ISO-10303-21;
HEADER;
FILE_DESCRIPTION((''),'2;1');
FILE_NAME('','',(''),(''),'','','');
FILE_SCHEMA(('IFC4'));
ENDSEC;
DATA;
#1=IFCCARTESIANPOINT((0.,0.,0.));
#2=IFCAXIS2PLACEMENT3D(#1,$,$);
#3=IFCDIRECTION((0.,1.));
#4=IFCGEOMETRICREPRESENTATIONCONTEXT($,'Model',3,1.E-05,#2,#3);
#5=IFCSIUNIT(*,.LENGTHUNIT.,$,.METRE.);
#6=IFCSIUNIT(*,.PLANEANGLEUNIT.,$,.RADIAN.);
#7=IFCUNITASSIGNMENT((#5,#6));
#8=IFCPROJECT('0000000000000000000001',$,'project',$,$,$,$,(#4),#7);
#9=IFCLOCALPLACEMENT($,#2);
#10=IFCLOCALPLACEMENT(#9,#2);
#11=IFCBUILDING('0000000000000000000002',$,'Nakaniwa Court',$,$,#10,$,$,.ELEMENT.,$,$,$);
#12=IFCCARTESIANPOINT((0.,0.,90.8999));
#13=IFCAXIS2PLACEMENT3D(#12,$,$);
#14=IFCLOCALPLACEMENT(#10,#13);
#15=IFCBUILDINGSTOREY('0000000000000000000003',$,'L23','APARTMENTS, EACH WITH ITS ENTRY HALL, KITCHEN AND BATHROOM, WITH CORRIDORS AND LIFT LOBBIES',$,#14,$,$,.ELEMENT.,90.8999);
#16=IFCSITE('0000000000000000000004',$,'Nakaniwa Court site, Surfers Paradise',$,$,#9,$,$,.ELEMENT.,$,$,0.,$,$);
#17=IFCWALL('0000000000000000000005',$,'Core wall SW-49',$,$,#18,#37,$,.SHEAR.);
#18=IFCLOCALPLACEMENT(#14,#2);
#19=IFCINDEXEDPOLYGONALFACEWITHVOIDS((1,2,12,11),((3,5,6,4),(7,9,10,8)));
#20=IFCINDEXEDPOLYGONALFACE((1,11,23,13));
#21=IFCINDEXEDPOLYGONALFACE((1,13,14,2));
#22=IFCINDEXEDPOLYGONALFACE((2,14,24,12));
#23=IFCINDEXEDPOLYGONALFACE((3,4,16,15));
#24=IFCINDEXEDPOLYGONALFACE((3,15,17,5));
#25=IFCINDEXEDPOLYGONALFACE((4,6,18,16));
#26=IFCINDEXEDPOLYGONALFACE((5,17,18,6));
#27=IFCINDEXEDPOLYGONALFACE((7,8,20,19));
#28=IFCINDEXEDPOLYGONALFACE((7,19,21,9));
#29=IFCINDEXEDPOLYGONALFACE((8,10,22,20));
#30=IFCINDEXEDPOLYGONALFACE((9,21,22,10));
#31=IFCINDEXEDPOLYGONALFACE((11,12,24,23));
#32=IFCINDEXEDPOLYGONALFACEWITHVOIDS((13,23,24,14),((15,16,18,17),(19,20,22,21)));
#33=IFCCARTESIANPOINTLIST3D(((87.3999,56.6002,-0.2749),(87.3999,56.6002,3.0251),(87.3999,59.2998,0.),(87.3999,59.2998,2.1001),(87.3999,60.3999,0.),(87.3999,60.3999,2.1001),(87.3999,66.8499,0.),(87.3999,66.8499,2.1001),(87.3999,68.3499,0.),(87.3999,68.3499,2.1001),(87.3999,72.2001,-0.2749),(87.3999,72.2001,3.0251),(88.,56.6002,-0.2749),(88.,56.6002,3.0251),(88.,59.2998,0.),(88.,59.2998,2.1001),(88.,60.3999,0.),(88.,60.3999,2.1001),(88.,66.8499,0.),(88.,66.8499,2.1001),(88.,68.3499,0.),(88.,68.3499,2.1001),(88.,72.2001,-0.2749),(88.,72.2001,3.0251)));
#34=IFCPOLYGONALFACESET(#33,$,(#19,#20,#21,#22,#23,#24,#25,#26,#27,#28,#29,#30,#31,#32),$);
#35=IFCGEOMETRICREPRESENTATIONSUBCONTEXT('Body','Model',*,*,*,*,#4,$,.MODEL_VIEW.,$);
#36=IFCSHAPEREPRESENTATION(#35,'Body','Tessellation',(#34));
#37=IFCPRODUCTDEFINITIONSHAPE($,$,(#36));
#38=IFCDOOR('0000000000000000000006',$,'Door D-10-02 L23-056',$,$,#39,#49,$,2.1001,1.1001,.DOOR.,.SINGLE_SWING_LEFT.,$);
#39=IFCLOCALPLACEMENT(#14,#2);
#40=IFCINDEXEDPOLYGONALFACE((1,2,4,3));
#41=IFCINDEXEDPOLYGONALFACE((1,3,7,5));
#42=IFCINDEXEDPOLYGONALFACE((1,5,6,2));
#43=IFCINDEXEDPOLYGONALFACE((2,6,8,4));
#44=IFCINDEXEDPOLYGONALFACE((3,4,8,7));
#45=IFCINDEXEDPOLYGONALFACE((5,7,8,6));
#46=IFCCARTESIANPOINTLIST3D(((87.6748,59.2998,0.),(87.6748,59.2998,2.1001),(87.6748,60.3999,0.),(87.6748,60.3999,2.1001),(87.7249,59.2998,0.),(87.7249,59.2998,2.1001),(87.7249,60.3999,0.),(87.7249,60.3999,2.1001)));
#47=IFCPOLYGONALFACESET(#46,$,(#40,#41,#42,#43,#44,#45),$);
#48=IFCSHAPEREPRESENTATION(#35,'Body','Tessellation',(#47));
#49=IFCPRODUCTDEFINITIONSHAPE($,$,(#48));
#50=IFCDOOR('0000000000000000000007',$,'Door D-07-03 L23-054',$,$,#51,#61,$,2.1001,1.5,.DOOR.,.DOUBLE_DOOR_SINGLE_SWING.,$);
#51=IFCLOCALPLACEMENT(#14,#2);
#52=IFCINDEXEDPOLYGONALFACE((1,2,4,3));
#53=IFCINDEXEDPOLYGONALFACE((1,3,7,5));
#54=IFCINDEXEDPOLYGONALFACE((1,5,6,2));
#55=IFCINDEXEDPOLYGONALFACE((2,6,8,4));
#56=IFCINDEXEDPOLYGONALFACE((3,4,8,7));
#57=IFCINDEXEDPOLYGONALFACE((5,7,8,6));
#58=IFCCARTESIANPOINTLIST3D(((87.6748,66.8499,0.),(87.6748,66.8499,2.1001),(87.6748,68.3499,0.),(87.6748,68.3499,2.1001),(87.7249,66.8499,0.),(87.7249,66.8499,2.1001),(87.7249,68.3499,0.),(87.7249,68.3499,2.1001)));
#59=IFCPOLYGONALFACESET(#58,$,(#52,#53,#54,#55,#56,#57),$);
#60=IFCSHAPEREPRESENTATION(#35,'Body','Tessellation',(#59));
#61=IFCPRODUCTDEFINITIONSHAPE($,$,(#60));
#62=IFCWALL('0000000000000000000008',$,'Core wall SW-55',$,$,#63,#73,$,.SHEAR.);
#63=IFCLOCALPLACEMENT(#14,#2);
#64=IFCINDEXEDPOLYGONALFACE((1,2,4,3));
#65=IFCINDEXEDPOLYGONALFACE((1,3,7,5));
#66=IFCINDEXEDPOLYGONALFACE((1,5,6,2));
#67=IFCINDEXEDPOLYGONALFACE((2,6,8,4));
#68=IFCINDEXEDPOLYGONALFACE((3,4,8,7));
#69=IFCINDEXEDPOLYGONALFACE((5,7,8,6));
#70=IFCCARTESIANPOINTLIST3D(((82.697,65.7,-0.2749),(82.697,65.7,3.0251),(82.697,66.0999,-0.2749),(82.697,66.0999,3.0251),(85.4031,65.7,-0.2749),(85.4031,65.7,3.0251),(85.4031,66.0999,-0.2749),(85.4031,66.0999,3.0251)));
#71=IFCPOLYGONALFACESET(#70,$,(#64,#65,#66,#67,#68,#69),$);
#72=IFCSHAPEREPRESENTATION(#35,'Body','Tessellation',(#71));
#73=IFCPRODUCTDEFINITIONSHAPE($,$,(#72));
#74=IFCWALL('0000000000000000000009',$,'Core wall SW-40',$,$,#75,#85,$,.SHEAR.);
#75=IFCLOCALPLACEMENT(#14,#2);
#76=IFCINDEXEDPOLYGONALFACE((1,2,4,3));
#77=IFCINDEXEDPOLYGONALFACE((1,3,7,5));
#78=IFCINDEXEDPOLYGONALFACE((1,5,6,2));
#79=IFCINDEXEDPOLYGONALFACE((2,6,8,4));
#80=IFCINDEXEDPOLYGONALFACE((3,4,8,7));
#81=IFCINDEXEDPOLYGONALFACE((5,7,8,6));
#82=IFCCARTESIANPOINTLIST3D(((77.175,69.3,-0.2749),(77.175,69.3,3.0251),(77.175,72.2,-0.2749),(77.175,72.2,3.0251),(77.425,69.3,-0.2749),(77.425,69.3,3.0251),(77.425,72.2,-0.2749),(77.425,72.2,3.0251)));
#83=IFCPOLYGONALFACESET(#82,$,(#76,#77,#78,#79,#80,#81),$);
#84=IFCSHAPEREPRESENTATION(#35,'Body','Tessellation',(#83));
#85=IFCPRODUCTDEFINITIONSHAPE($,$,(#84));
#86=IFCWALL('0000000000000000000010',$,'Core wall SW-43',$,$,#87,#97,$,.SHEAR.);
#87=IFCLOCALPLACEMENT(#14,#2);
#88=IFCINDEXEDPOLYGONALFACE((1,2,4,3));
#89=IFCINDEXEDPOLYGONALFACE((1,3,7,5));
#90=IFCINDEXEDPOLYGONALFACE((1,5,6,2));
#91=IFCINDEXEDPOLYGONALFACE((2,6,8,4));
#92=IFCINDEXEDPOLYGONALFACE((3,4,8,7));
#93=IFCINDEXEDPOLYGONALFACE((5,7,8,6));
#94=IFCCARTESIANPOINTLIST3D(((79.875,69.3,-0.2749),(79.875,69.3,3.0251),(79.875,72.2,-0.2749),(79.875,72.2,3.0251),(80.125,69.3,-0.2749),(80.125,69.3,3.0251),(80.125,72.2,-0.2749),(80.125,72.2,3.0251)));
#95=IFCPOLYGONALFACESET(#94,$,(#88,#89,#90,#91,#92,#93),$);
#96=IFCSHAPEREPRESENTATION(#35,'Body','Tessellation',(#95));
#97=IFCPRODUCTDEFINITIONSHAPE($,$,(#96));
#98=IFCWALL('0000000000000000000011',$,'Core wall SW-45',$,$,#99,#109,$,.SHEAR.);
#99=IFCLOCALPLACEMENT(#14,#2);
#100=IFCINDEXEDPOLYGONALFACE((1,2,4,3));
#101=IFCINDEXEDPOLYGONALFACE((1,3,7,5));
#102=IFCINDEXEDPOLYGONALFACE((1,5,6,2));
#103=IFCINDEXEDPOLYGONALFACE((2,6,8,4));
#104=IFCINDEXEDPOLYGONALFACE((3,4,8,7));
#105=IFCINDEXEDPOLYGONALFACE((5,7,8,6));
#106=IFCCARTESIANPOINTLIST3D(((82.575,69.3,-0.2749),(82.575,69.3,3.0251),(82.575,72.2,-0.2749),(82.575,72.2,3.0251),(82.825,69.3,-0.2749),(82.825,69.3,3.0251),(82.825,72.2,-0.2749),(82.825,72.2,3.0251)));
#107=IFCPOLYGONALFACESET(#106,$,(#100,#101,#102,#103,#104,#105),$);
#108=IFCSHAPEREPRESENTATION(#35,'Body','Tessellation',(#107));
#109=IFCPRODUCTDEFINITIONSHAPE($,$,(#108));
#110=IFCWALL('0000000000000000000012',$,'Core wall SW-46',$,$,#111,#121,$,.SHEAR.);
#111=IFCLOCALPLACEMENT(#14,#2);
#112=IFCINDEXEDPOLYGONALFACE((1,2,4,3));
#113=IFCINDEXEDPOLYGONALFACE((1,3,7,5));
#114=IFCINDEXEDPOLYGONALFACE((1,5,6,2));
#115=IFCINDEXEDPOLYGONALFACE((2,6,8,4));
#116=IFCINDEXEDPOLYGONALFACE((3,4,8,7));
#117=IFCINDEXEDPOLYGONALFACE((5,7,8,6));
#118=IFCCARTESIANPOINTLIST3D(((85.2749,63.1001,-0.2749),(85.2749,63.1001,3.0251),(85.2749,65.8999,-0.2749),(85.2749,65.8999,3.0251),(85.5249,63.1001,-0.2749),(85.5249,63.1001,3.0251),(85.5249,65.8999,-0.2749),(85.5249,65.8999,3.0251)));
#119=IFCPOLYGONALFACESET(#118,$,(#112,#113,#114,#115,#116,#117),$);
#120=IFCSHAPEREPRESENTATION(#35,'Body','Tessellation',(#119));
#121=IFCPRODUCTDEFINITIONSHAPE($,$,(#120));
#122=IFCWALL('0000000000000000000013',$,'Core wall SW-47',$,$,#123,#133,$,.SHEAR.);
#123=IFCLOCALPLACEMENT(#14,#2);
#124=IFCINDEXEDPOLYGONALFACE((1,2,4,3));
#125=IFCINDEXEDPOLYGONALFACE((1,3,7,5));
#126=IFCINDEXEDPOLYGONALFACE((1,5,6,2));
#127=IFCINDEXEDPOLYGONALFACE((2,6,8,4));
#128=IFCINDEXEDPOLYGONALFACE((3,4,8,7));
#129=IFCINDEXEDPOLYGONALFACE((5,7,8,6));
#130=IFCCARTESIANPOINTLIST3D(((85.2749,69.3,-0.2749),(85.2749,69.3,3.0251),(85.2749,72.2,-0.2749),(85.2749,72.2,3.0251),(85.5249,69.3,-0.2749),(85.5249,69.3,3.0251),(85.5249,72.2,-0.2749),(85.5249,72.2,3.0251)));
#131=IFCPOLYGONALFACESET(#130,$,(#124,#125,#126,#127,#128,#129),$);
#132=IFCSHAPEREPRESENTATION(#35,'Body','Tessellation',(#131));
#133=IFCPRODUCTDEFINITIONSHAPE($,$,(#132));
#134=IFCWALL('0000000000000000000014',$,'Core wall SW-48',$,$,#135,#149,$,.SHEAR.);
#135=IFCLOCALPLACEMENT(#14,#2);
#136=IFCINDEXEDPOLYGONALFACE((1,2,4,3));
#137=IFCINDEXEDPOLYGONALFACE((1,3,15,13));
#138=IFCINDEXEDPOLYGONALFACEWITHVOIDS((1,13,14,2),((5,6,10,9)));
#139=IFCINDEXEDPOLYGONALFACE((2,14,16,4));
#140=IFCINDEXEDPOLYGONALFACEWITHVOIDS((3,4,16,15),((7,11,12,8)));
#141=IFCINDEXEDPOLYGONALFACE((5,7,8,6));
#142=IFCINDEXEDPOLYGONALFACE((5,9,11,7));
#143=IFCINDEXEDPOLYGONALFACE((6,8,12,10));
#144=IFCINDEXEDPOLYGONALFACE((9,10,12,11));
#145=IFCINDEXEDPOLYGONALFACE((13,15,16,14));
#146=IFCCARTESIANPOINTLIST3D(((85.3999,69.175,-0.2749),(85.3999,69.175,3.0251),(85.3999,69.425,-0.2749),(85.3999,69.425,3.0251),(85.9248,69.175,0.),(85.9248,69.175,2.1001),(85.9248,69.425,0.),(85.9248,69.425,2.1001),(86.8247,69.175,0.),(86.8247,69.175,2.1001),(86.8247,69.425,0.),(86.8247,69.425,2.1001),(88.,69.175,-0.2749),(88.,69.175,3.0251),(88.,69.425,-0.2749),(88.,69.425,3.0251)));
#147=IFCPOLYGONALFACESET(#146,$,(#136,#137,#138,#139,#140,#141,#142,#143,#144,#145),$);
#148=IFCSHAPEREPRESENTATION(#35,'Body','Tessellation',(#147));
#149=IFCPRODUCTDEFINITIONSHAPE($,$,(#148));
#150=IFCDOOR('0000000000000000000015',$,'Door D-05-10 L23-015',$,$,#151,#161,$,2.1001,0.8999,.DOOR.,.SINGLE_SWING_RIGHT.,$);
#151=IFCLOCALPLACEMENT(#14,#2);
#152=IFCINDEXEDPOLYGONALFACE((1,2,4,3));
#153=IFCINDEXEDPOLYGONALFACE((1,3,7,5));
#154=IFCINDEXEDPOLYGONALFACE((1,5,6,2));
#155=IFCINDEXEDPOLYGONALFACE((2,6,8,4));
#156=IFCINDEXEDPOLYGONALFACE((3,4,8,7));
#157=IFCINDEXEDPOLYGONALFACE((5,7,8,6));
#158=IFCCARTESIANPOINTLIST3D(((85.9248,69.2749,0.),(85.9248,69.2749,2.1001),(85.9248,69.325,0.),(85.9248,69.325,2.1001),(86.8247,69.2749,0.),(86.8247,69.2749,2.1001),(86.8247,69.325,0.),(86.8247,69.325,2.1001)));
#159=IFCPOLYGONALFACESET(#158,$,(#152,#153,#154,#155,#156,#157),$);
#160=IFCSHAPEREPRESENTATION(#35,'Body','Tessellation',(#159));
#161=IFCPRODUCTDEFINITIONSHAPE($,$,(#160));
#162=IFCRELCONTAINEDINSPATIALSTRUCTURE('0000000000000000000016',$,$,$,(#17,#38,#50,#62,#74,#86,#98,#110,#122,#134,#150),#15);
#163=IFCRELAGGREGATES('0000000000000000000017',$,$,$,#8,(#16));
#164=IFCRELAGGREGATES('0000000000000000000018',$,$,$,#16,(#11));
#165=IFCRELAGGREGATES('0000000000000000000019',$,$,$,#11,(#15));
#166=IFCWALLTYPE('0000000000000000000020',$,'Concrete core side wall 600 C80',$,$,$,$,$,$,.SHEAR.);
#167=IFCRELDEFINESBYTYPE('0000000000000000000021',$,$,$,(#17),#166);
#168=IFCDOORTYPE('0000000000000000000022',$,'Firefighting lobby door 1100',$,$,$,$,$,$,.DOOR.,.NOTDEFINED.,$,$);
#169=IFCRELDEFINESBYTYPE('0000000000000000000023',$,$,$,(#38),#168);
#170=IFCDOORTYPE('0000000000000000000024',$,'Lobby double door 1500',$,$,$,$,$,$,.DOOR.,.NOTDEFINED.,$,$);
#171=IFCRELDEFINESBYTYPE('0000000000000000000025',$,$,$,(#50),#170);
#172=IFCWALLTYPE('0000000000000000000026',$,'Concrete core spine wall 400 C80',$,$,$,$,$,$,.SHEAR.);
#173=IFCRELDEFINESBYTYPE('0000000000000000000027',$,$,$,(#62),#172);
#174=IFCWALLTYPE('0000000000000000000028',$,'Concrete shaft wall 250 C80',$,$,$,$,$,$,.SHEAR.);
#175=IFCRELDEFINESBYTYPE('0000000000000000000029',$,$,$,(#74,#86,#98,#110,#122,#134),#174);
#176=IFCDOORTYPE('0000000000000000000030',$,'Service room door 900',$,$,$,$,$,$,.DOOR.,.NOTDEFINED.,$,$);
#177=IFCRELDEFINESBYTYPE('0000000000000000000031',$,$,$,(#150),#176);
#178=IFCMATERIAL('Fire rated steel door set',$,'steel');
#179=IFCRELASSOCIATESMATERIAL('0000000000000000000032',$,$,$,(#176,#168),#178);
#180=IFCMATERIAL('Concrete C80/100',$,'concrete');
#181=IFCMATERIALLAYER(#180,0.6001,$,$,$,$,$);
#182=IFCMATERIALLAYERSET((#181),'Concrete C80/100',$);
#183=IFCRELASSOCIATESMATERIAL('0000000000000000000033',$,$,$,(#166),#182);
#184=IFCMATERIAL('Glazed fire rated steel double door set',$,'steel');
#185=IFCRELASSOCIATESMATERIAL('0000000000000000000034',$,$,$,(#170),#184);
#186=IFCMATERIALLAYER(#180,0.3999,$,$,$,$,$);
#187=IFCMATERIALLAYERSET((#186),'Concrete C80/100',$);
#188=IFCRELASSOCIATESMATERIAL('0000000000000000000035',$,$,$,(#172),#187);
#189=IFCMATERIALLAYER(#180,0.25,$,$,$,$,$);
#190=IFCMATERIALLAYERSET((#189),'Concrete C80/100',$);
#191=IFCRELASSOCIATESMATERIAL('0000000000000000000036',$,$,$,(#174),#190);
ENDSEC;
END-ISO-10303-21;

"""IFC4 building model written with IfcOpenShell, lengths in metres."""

from ifc_helpers import new_model, si_unit, direction, frame, frame_2d, origin, place, context, subcontext, project, spatial, rectangle, extrude, material, layer, layer_set, type_object, element, fill, save


model = new_model("IFC4")

# Units and contexts
model_context = context("Model", 3, precision=1e-05, world=origin(), true_north=direction((0.0, 1.0)))
body_context = subcontext(model_context, "Body", "Model", "MODEL_VIEW")
ifc_project = project(units=[si_unit("LENGTHUNIT", "METRE"), si_unit("PLANEANGLEUNIT", "RADIAN")], contexts=[model_context])

# Site, building, storey
site_placement = place(None, origin())
site = spatial("IfcSite", under=ifc_project, at=site_placement, Name="Nakaniwa Court site, Surfers Paradise", CompositionType="ELEMENT", RefElevation=0.0)
building_placement = place(site_placement, origin())
building = spatial("IfcBuilding", under=site, at=building_placement, Name="Nakaniwa Court", CompositionType="ELEMENT")
storey_placement = place(building_placement, frame((0.0, 0.0, 90.8999)))
storey = spatial("IfcBuildingStorey", under=building, at=storey_placement, Name="L23", Description="APARTMENTS, EACH WITH ITS ENTRY HALL, KITCHEN AND BATHROOM, WITH CORRIDORS AND LIFT LOBBIES", CompositionType="ELEMENT", Elevation=90.8999)

# Shared definitions
ifc_material_1 = material(Name="Concrete C80/100", Category="concrete")

# Shared definitions
ifc_material_2 = material(Name="Fire rated steel door set", Category="steel")
door_type_1 = type_object("IfcDoorType", Name="Service room door 900", OperationType="NOTDEFINED", PredefinedType="DOOR", material=ifc_material_2)

# Wall, openings, doors
ifc_layer_1 = layer(ifc_material_1, 0.6001)
ifc_layer_set_1 = layer_set([ifc_layer_1], Name="Concrete C80/100")
wall_type_1 = type_object("IfcWallType", Name="Concrete core side wall 600 C80", PredefinedType="SHEAR", material=ifc_layer_set_1)
wall_1_placement = place(storey_placement, frame((87.7, 72.2, -0.2749), z_axis=(0.0, 0.0, 1.0), x_axis=(0.0, -1.0, 0.0)))
wall_1 = element("IfcWall", 1, at=wall_1_placement, inside=storey, type_object=wall_type_1, Name="Core wall SW-49", PredefinedType="SHEAR", context=body_context, shape_type="SweptSolid", body=[
    extrude(rectangle(XDim=15.5999, YDim=0.6001, at=frame_2d((7.7998, 0.0))), origin(), (0.0, 0.0, 1.0), 3.3),
])
opening_1_placement = place(wall_1_placement, frame((3.8501, 0.0, 0.2749)))
opening_1 = element("IfcOpeningElement", 2, at=opening_1_placement, cuts=wall_1, PredefinedType="OPENING", context=body_context, shape_type="SweptSolid", body=[
    extrude(rectangle(XDim=1.5, YDim=2.1001, at=frame_2d((0.75, 1.05))), frame((0.0, 0.3101, 0.0), z_axis=(0.0, -1.0, 0.0), x_axis=(1.0, 0.0, 0.0)), (0.0, 0.0, 1.0), 0.6201),
])
opening_2_placement = place(wall_1_placement, frame((11.8, 0.0, 0.2749)))
opening_2 = element("IfcOpeningElement", 3, at=opening_2_placement, cuts=wall_1, PredefinedType="OPENING", context=body_context, shape_type="SweptSolid", body=[
    extrude(rectangle(XDim=1.1001, YDim=2.1001, at=frame_2d((0.55, 1.05))), frame((0.0, 0.3101, 0.0), z_axis=(0.0, -1.0, 0.0), x_axis=(1.0, 0.0, 0.0)), (0.0, 0.0, 1.0), 0.6201),
])
door_type_2 = type_object("IfcDoorType", Name="Firefighting lobby door 1100", OperationType="NOTDEFINED", PredefinedType="DOOR", material=ifc_material_2)
door_1_placement = place(opening_2_placement, origin())
door_1 = element("IfcDoor", 4, at=door_1_placement, inside=storey, type_object=door_type_2, Name="Door D-10-02 L23-056", OperationType="SINGLE_SWING_LEFT", OverallHeight=2.1001, OverallWidth=1.1001, PredefinedType="DOOR", context=body_context, shape_type="SweptSolid", body=[
    extrude(rectangle(XDim=1.1001, YDim=2.1001, at=frame_2d((0.55, 1.05))), frame((0.0, 0.0249, 0.0), z_axis=(0.0, -1.0, 0.0), x_axis=(1.0, 0.0, 0.0)), (0.0, 0.0, 1.0), 0.05),
])
fill(opening_2, door_1)
ifc_material_3 = material(Name="Glazed fire rated steel double door set", Category="steel")
door_type_3 = type_object("IfcDoorType", Name="Lobby double door 1500", OperationType="NOTDEFINED", PredefinedType="DOOR", material=ifc_material_3)
door_2_placement = place(opening_1_placement, origin())
door_2 = element("IfcDoor", 5, at=door_2_placement, inside=storey, type_object=door_type_3, Name="Door D-07-03 L23-054", OperationType="DOUBLE_DOOR_SINGLE_SWING", OverallHeight=2.1001, OverallWidth=1.5, PredefinedType="DOOR", context=body_context, shape_type="SweptSolid", body=[
    extrude(rectangle(XDim=1.5, YDim=2.1001, at=frame_2d((0.75, 1.05))), frame((0.0, 0.0249, 0.0), z_axis=(0.0, -1.0, 0.0), x_axis=(1.0, 0.0, 0.0)), (0.0, 0.0, 1.0), 0.05),
])
fill(opening_1, door_2)

# Walls
ifc_layer_2 = layer(ifc_material_1, 0.3999)
ifc_layer_set_2 = layer_set([ifc_layer_2], Name="Concrete C80/100")
wall_type_2 = type_object("IfcWallType", Name="Concrete core spine wall 400 C80", PredefinedType="SHEAR", material=ifc_layer_set_2)
wall_2_placement = place(storey_placement, frame((82.697, 65.8999, -0.2749), z_axis=(0.0, 0.0, 1.0), x_axis=(1.0, 0.0, 0.0)))
element("IfcWall", 6, at=wall_2_placement, inside=storey, type_object=wall_type_2, Name="Core wall SW-55", PredefinedType="SHEAR", context=body_context, shape_type="SweptSolid", body=[
    extrude(rectangle(XDim=2.7061, YDim=0.3999, at=frame_2d((1.353, 0.0))), origin(), (0.0, 0.0, 1.0), 3.3),
])
ifc_layer_3 = layer(ifc_material_1, 0.25)
ifc_layer_set_3 = layer_set([ifc_layer_3], Name="Concrete C80/100")
wall_type_3 = type_object("IfcWallType", Name="Concrete shaft wall 250 C80", PredefinedType="SHEAR", material=ifc_layer_set_3)
for number, where, z_axis, x_axis, name in (
    (7, (77.3, 69.3, -0.2749), (0.0, 0.0, 1.0), (0.0, 1.0, 0.0), "Core wall SW-40"),
    (8, (80.0, 69.3, -0.2749), (0.0, 0.0, 1.0), (0.0, 1.0, 0.0), "Core wall SW-43"),
    (9, (82.7, 69.3, -0.2749), (0.0, 0.0, 1.0), (0.0, 1.0, 0.0), "Core wall SW-45"),
):
    element("IfcWall", number, at=place(storey_placement, frame(where, z_axis=z_axis, x_axis=x_axis)), inside=storey, type_object=wall_type_3, Name=name, PredefinedType="SHEAR", context=body_context, shape_type="SweptSolid", body=[
        extrude(rectangle(XDim=2.8999, YDim=0.25, at=frame_2d((1.45, 0.0))), origin(), (0.0, 0.0, 1.0), 3.3),
    ])
wall_3_placement = place(storey_placement, frame((85.3999, 63.1001, -0.2749), z_axis=(0.0, 0.0, 1.0), x_axis=(0.0, 1.0, 0.0)))
element("IfcWall", 10, at=wall_3_placement, inside=storey, type_object=wall_type_3, Name="Core wall SW-46", PredefinedType="SHEAR", context=body_context, shape_type="SweptSolid", body=[
    extrude(rectangle(XDim=2.7998, YDim=0.25, at=frame_2d((1.3999, 0.0))), origin(), (0.0, 0.0, 1.0), 3.3),
])
wall_4_placement = place(storey_placement, frame((85.3999, 69.3, -0.2749), z_axis=(0.0, 0.0, 1.0), x_axis=(0.0, 1.0, 0.0)))
element("IfcWall", 11, at=wall_4_placement, inside=storey, type_object=wall_type_3, Name="Core wall SW-47", PredefinedType="SHEAR", context=body_context, shape_type="SweptSolid", body=[
    extrude(rectangle(XDim=2.8999, YDim=0.25, at=frame_2d((1.45, 0.0))), origin(), (0.0, 0.0, 1.0), 3.3),
])

# Wall, opening, door
wall_5_placement = place(storey_placement, frame((85.3999, 69.3, -0.2749), z_axis=(0.0, 0.0, 1.0), x_axis=(1.0, 0.0, 0.0)))
wall_5 = element("IfcWall", 12, at=wall_5_placement, inside=storey, type_object=wall_type_3, Name="Core wall SW-48", PredefinedType="SHEAR", context=body_context, shape_type="SweptSolid", body=[
    extrude(rectangle(XDim=2.6001, YDim=0.25, at=frame_2d((1.3, 0.0))), origin(), (0.0, 0.0, 1.0), 3.3),
])
opening_3_placement = place(wall_5_placement, frame((0.5249, 0.0, 0.2749)))
opening_3 = element("IfcOpeningElement", 13, at=opening_3_placement, cuts=wall_5, PredefinedType="OPENING", context=body_context, shape_type="SweptSolid", body=[
    extrude(rectangle(XDim=0.8999, YDim=2.1001, at=frame_2d((0.45, 1.05))), frame((0.0, 0.135, 0.0), z_axis=(0.0, -1.0, 0.0), x_axis=(1.0, 0.0, 0.0)), (0.0, 0.0, 1.0), 0.27),
])
door_3_placement = place(opening_3_placement, origin())
door_3 = element("IfcDoor", 14, at=door_3_placement, inside=storey, type_object=door_type_1, Name="Door D-05-10 L23-015", OperationType="SINGLE_SWING_RIGHT", OverallHeight=2.1001, OverallWidth=0.8999, PredefinedType="DOOR", context=body_context, shape_type="SweptSolid", body=[
    extrude(rectangle(XDim=0.8999, YDim=2.1001, at=frame_2d((0.45, 1.05))), frame((0.0, 0.0249, 0.0), z_axis=(0.0, -1.0, 0.0), x_axis=(1.0, 0.0, 0.0)), (0.0, 0.0, 1.0), 0.05),
])
fill(opening_3, door_3)

save(model, "model.ifc")
